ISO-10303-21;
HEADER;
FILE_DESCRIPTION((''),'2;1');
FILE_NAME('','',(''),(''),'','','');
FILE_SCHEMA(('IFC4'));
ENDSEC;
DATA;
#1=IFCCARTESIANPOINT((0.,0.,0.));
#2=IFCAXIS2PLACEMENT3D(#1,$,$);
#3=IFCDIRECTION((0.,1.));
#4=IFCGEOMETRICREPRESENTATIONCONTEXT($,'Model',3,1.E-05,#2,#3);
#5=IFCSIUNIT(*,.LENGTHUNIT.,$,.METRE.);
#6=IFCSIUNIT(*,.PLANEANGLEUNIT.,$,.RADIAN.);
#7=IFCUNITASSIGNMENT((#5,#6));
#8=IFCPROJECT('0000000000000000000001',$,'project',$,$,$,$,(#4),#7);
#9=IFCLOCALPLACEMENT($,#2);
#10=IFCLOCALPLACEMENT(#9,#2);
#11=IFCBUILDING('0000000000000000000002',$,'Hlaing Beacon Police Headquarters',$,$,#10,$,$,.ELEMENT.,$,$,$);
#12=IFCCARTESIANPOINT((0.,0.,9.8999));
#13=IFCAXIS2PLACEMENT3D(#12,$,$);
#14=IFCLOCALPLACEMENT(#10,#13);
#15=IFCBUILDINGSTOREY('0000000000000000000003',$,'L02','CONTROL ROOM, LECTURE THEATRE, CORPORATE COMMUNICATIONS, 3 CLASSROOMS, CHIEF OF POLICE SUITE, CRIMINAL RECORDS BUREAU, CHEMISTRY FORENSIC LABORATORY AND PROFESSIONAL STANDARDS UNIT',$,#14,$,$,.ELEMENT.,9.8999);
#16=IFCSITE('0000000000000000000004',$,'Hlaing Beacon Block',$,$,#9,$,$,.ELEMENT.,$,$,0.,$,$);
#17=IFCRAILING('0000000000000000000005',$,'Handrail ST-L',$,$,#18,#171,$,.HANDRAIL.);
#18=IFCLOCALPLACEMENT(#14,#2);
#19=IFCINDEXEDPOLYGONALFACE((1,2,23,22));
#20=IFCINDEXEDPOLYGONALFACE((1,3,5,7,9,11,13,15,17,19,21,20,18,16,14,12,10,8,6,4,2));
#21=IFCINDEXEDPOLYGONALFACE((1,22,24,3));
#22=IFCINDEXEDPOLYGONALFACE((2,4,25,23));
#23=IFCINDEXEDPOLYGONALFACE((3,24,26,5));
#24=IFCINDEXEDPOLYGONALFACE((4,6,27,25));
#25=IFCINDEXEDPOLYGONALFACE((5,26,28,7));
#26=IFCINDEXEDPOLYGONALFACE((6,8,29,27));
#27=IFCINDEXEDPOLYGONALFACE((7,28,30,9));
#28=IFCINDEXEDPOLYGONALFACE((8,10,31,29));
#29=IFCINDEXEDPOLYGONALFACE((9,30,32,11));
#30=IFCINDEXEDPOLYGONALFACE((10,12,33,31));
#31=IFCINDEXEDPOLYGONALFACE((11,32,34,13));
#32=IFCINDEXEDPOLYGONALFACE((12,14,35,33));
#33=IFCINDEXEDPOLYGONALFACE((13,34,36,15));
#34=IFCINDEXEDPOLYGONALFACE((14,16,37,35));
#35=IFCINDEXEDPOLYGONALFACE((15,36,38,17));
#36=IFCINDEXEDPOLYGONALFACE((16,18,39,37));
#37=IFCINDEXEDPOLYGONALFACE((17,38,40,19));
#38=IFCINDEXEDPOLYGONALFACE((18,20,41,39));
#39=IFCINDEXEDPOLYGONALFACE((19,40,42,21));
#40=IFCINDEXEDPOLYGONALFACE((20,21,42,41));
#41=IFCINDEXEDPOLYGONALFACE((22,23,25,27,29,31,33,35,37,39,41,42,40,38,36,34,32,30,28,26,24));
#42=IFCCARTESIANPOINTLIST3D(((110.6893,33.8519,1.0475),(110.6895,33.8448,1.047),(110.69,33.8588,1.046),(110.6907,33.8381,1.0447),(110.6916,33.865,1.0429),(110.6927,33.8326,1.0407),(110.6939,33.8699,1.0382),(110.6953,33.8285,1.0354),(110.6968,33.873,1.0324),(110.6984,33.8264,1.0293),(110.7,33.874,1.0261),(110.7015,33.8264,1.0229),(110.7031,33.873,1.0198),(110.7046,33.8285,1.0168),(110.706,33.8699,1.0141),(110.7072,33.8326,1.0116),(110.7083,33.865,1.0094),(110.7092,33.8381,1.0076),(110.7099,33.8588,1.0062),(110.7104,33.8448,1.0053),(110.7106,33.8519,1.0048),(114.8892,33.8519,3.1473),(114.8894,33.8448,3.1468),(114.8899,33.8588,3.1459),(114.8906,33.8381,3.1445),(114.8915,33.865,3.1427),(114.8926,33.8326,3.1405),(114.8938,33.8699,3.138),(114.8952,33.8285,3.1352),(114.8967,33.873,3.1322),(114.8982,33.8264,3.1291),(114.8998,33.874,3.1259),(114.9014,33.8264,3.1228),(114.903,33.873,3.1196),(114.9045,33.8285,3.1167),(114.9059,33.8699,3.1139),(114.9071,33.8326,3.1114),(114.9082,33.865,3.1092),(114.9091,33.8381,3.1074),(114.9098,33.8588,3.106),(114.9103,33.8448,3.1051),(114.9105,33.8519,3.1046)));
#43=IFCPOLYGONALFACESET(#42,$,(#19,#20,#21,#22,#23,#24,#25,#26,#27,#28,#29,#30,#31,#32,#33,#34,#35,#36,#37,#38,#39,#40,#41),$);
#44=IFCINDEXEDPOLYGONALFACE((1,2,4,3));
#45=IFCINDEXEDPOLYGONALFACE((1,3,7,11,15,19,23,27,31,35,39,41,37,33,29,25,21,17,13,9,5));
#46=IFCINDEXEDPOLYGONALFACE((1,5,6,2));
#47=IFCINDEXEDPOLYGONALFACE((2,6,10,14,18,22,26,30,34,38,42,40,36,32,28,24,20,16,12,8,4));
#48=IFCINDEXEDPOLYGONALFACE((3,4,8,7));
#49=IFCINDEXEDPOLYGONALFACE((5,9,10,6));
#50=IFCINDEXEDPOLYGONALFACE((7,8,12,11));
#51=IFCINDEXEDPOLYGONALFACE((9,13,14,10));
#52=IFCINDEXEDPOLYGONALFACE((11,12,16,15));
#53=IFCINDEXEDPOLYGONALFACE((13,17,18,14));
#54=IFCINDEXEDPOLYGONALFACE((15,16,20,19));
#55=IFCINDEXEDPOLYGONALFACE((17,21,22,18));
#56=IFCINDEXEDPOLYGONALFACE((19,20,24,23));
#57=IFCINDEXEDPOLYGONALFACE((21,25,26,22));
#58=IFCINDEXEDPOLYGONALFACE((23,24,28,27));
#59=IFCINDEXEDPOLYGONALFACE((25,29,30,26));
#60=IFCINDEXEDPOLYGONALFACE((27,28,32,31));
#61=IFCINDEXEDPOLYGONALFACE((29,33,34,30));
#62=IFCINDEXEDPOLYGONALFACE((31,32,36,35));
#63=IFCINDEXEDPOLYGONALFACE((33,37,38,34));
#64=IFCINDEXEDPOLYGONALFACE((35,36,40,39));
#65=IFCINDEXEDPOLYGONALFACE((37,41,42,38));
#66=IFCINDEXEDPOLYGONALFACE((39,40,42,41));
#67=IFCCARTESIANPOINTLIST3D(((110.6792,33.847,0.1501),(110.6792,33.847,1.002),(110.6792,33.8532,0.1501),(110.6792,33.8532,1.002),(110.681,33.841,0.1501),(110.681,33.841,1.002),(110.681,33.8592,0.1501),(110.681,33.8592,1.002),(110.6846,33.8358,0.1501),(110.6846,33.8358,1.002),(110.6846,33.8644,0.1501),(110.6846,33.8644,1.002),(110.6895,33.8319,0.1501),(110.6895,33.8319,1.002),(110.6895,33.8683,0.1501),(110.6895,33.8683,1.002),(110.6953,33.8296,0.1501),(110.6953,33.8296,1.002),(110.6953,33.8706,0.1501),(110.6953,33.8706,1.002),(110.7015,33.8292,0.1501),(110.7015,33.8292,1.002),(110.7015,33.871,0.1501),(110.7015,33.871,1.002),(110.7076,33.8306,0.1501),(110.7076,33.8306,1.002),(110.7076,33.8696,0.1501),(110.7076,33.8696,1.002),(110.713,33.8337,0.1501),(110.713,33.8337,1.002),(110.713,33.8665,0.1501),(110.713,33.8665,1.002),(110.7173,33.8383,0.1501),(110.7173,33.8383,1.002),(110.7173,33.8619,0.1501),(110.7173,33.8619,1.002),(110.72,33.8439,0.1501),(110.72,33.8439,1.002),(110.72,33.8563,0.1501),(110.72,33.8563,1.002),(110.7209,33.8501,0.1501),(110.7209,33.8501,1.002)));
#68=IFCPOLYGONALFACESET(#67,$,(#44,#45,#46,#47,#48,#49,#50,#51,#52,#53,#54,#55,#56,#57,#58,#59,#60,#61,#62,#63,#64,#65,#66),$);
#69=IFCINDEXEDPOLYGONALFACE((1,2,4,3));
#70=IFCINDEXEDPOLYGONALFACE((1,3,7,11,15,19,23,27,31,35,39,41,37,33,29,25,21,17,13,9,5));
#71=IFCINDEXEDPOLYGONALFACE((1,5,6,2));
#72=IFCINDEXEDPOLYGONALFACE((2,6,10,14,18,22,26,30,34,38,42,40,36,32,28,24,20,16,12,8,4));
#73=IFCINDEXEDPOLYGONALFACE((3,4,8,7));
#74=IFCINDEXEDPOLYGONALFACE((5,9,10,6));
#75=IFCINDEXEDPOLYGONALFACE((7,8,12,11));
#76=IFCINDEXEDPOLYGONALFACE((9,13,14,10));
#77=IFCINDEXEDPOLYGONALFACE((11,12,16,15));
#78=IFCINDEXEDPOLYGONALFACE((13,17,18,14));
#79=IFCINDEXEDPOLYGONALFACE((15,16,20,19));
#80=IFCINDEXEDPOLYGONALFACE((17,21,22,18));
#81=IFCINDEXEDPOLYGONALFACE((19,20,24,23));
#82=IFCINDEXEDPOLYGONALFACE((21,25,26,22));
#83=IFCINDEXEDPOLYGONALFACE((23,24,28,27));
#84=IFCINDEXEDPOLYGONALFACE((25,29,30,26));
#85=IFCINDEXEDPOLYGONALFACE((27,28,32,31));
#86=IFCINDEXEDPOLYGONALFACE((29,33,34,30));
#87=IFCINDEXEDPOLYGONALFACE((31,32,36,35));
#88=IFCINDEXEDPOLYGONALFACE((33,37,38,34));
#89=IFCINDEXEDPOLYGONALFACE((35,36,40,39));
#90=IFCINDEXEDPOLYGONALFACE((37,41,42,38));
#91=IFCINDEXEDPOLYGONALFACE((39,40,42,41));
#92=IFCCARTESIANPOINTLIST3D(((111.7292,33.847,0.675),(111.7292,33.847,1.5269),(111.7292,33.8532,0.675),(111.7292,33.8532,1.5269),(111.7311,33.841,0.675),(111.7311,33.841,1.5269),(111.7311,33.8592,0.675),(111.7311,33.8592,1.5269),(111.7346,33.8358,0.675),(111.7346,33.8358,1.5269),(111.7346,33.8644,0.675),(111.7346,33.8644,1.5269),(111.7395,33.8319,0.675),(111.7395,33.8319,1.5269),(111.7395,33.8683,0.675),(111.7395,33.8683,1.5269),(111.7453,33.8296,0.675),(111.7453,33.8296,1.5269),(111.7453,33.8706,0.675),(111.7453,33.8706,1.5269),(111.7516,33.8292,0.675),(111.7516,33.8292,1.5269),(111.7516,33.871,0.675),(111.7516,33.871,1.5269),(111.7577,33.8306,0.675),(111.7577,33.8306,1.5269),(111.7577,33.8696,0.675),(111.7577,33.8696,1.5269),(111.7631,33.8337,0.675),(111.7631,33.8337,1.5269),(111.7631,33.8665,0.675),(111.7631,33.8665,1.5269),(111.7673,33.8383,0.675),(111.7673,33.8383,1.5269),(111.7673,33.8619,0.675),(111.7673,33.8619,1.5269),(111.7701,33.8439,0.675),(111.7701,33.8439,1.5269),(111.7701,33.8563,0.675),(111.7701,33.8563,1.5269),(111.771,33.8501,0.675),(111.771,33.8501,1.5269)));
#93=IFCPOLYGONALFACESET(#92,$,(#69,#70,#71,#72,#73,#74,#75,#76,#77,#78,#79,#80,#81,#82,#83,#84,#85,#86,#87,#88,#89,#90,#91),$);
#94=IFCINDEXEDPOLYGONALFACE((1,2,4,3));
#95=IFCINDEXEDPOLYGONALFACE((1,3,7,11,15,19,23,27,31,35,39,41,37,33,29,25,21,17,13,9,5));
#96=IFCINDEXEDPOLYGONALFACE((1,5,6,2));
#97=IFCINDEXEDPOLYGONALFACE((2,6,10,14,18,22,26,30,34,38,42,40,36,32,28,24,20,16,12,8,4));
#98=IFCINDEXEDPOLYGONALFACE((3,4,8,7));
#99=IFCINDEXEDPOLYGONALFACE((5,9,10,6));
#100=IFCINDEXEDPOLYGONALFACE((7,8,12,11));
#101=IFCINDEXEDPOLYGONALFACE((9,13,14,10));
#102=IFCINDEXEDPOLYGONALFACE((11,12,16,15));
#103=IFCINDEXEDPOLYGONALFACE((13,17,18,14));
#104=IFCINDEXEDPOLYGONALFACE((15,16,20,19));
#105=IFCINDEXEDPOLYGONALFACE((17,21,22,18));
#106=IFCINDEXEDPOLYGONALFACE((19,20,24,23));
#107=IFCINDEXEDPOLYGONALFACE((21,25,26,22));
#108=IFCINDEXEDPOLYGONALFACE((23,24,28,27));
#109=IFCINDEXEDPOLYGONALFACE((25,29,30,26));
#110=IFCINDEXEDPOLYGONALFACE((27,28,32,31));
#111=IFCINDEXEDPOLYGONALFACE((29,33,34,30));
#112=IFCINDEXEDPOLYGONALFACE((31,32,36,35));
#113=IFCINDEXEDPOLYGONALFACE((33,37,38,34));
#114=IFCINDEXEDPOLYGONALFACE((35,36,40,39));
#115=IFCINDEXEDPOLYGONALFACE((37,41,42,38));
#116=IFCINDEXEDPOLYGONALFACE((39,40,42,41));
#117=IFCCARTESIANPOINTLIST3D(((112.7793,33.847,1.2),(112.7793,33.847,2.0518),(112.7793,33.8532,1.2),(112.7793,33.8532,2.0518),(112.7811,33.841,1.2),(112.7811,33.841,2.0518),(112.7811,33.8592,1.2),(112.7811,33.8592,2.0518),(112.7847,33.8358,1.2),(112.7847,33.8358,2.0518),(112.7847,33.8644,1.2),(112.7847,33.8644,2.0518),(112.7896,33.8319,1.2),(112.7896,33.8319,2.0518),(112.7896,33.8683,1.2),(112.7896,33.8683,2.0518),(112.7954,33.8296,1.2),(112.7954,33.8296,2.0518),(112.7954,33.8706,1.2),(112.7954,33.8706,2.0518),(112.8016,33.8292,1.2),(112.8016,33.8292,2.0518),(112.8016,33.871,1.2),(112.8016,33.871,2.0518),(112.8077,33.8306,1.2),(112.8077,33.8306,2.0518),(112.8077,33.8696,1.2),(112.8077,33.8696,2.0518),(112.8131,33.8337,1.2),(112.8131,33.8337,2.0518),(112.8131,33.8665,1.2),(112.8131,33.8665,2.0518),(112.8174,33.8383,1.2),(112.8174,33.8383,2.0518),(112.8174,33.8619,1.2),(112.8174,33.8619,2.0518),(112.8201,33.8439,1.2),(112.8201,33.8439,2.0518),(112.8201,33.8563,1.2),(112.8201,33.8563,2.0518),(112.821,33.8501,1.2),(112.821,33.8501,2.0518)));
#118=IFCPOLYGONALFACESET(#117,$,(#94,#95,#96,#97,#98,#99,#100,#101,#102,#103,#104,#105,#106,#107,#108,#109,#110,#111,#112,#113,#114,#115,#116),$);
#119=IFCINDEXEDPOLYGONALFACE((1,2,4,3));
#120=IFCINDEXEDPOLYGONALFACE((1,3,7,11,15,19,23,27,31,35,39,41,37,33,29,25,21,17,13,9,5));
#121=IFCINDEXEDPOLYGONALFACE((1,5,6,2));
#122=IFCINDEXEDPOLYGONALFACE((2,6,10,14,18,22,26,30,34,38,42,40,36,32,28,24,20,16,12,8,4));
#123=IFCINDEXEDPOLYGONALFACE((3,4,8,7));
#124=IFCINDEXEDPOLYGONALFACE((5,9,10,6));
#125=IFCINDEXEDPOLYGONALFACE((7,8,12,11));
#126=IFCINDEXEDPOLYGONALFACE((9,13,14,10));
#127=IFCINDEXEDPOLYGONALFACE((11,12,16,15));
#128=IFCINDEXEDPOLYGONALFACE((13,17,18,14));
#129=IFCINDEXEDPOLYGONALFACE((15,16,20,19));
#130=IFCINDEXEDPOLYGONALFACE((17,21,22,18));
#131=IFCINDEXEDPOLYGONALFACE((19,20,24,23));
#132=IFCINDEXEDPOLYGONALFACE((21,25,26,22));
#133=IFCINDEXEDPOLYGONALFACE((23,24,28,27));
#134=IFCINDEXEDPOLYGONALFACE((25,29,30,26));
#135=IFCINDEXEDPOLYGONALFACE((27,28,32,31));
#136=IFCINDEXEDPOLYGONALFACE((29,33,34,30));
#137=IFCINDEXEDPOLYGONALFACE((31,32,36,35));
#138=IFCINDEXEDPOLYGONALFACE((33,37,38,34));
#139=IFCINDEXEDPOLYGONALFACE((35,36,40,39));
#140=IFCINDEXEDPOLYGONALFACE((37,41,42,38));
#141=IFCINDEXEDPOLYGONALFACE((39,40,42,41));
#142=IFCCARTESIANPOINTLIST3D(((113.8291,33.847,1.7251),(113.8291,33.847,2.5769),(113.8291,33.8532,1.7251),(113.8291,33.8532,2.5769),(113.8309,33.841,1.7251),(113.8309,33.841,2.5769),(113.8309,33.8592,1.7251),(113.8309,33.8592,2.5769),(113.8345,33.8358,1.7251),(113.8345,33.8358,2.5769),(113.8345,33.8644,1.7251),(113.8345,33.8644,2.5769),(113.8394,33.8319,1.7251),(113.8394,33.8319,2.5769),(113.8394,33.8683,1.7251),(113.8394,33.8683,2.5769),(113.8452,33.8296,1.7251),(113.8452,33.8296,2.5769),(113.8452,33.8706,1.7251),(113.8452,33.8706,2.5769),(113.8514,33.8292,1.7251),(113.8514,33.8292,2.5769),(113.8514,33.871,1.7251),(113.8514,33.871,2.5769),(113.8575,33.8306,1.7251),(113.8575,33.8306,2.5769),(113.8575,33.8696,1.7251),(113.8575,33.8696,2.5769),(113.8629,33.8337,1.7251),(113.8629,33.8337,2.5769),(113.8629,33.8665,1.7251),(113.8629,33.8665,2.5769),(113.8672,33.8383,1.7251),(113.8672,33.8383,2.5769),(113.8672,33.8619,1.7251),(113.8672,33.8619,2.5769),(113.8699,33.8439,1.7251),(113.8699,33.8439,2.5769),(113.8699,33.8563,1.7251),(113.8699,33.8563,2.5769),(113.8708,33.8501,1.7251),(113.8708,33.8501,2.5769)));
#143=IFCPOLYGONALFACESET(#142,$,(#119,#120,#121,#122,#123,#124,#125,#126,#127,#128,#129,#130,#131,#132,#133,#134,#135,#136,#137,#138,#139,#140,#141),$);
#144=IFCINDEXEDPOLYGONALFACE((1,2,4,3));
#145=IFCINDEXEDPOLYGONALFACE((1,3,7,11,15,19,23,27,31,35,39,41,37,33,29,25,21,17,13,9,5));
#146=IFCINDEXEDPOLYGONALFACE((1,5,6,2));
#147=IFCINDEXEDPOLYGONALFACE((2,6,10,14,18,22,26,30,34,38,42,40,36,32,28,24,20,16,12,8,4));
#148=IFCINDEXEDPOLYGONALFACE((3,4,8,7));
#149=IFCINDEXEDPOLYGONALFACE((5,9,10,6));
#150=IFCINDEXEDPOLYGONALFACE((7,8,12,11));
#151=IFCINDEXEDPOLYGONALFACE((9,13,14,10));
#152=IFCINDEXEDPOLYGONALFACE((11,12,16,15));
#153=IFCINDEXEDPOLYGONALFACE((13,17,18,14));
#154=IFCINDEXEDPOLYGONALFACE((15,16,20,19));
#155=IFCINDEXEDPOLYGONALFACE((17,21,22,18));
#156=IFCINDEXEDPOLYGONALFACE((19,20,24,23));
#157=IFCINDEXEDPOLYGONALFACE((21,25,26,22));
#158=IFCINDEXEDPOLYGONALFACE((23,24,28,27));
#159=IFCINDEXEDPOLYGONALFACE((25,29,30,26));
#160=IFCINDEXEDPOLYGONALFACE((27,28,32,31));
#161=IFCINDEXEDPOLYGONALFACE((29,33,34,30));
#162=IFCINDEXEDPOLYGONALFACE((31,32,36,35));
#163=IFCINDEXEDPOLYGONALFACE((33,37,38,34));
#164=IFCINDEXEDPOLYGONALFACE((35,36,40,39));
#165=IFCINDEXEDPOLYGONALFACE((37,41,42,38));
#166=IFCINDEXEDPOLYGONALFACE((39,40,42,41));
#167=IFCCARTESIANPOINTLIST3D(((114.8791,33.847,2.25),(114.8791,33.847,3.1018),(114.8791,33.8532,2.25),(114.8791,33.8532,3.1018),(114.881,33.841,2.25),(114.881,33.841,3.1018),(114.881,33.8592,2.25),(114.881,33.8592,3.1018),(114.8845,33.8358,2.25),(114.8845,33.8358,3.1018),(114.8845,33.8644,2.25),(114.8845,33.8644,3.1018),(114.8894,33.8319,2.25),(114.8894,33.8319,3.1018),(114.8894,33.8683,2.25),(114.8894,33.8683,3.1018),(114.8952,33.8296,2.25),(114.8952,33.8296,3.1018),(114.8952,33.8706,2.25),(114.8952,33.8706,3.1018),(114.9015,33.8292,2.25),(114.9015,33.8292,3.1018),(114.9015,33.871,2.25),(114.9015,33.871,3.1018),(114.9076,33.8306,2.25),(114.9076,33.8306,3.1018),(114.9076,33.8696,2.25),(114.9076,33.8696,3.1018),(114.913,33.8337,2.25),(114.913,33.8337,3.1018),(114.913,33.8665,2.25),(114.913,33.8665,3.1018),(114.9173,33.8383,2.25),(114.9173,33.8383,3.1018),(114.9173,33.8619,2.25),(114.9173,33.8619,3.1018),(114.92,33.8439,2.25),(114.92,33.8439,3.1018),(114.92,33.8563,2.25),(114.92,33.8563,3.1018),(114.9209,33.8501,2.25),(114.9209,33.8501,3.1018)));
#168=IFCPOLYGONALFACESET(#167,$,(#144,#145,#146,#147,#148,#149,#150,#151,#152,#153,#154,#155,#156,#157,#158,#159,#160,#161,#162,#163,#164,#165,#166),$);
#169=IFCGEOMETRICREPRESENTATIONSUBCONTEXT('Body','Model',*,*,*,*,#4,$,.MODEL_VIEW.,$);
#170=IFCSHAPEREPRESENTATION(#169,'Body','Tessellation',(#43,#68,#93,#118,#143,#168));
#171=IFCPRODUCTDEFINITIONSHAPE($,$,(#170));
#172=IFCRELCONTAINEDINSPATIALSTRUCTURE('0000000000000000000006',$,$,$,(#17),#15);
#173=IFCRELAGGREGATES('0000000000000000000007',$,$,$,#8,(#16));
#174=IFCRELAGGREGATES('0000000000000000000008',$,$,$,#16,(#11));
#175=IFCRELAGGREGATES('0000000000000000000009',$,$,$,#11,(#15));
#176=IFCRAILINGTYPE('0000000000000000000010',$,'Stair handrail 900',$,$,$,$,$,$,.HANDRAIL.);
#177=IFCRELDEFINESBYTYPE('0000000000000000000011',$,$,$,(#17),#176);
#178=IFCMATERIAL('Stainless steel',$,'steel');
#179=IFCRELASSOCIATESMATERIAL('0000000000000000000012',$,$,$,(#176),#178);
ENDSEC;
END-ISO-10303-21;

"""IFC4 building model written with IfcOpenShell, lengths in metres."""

from ifc_helpers import new_model, si_unit, direction, frame, origin, origin_2d, place, context, subcontext, project, spatial, circle, extrude, material, type_object, element, save


model = new_model("IFC4")

# Units and contexts
model_context = context("Model", 3, precision=1e-05, world=origin(), true_north=direction((0.0, 1.0)))
body_context = subcontext(model_context, "Body", "Model", "MODEL_VIEW")
ifc_project = project(units=[si_unit("LENGTHUNIT", "METRE"), si_unit("PLANEANGLEUNIT", "RADIAN")], contexts=[model_context])

# Site, building, storey
site_placement = place(None, origin())
site = spatial("IfcSite", under=ifc_project, at=site_placement, Name="Hlaing Beacon Block", CompositionType="ELEMENT", RefElevation=0.0)
building_placement = place(site_placement, origin())
building = spatial("IfcBuilding", under=site, at=building_placement, Name="Hlaing Beacon Police Headquarters", CompositionType="ELEMENT")
storey_placement = place(building_placement, frame((0.0, 0.0, 9.8999)))
storey = spatial("IfcBuildingStorey", under=building, at=storey_placement, Name="L02", Description="CONTROL ROOM, LECTURE THEATRE, CORPORATE COMMUNICATIONS, 3 CLASSROOMS, CHIEF OF POLICE SUITE, CRIMINAL RECORDS BUREAU, CHEMISTRY FORENSIC LABORATORY AND PROFESSIONAL STANDARDS UNIT", CompositionType="ELEMENT", Elevation=9.8999)

# Railing
ifc_material_1 = material(Name="Stainless steel", Category="steel")
railing_type_1 = type_object("IfcRailingType", Name="Stair handrail 900", PredefinedType="HANDRAIL", material=ifc_material_1)
for number, where, name in (
    (1, (110.7, 33.8501, 0.1501), "Handrail ST-L"),
):
    element("IfcRailing", number, at=place(storey_placement, frame(where)), inside=storey, type_object=railing_type_1, Name=name, PredefinedType="HANDRAIL", context=body_context, shape_type="SweptSolid", body=[
        extrude(circle(Radius=0.0239, at=origin_2d()), frame((0.0, 0.0, 0.876), z_axis=(0.894438, 0.0, 0.447193), x_axis=(0.0, 1.0, 0.0)), (0.0, 0.0, 1.0), 4.6956),
        extrude(circle(Radius=0.021, at=origin_2d()), origin(), (0.0, 0.0, 1.0), 0.8518),
        extrude(circle(Radius=0.021, at=origin_2d()), frame((1.05, 0.0, 0.5249)), (0.0, 0.0, 1.0), 0.8518),
        extrude(circle(Radius=0.021, at=origin_2d()), frame((2.1001, 0.0, 1.0498)), (0.0, 0.0, 1.0), 0.8518),
        extrude(circle(Radius=0.021, at=origin_2d()), frame((3.1499, 0.0, 1.575)), (0.0, 0.0, 1.0), 0.8518),
        extrude(circle(Radius=0.021, at=origin_2d()), frame((4.2, 0.0, 2.0999)), (0.0, 0.0, 1.0), 0.8518),
    ])

save(model, "model.ifc")
